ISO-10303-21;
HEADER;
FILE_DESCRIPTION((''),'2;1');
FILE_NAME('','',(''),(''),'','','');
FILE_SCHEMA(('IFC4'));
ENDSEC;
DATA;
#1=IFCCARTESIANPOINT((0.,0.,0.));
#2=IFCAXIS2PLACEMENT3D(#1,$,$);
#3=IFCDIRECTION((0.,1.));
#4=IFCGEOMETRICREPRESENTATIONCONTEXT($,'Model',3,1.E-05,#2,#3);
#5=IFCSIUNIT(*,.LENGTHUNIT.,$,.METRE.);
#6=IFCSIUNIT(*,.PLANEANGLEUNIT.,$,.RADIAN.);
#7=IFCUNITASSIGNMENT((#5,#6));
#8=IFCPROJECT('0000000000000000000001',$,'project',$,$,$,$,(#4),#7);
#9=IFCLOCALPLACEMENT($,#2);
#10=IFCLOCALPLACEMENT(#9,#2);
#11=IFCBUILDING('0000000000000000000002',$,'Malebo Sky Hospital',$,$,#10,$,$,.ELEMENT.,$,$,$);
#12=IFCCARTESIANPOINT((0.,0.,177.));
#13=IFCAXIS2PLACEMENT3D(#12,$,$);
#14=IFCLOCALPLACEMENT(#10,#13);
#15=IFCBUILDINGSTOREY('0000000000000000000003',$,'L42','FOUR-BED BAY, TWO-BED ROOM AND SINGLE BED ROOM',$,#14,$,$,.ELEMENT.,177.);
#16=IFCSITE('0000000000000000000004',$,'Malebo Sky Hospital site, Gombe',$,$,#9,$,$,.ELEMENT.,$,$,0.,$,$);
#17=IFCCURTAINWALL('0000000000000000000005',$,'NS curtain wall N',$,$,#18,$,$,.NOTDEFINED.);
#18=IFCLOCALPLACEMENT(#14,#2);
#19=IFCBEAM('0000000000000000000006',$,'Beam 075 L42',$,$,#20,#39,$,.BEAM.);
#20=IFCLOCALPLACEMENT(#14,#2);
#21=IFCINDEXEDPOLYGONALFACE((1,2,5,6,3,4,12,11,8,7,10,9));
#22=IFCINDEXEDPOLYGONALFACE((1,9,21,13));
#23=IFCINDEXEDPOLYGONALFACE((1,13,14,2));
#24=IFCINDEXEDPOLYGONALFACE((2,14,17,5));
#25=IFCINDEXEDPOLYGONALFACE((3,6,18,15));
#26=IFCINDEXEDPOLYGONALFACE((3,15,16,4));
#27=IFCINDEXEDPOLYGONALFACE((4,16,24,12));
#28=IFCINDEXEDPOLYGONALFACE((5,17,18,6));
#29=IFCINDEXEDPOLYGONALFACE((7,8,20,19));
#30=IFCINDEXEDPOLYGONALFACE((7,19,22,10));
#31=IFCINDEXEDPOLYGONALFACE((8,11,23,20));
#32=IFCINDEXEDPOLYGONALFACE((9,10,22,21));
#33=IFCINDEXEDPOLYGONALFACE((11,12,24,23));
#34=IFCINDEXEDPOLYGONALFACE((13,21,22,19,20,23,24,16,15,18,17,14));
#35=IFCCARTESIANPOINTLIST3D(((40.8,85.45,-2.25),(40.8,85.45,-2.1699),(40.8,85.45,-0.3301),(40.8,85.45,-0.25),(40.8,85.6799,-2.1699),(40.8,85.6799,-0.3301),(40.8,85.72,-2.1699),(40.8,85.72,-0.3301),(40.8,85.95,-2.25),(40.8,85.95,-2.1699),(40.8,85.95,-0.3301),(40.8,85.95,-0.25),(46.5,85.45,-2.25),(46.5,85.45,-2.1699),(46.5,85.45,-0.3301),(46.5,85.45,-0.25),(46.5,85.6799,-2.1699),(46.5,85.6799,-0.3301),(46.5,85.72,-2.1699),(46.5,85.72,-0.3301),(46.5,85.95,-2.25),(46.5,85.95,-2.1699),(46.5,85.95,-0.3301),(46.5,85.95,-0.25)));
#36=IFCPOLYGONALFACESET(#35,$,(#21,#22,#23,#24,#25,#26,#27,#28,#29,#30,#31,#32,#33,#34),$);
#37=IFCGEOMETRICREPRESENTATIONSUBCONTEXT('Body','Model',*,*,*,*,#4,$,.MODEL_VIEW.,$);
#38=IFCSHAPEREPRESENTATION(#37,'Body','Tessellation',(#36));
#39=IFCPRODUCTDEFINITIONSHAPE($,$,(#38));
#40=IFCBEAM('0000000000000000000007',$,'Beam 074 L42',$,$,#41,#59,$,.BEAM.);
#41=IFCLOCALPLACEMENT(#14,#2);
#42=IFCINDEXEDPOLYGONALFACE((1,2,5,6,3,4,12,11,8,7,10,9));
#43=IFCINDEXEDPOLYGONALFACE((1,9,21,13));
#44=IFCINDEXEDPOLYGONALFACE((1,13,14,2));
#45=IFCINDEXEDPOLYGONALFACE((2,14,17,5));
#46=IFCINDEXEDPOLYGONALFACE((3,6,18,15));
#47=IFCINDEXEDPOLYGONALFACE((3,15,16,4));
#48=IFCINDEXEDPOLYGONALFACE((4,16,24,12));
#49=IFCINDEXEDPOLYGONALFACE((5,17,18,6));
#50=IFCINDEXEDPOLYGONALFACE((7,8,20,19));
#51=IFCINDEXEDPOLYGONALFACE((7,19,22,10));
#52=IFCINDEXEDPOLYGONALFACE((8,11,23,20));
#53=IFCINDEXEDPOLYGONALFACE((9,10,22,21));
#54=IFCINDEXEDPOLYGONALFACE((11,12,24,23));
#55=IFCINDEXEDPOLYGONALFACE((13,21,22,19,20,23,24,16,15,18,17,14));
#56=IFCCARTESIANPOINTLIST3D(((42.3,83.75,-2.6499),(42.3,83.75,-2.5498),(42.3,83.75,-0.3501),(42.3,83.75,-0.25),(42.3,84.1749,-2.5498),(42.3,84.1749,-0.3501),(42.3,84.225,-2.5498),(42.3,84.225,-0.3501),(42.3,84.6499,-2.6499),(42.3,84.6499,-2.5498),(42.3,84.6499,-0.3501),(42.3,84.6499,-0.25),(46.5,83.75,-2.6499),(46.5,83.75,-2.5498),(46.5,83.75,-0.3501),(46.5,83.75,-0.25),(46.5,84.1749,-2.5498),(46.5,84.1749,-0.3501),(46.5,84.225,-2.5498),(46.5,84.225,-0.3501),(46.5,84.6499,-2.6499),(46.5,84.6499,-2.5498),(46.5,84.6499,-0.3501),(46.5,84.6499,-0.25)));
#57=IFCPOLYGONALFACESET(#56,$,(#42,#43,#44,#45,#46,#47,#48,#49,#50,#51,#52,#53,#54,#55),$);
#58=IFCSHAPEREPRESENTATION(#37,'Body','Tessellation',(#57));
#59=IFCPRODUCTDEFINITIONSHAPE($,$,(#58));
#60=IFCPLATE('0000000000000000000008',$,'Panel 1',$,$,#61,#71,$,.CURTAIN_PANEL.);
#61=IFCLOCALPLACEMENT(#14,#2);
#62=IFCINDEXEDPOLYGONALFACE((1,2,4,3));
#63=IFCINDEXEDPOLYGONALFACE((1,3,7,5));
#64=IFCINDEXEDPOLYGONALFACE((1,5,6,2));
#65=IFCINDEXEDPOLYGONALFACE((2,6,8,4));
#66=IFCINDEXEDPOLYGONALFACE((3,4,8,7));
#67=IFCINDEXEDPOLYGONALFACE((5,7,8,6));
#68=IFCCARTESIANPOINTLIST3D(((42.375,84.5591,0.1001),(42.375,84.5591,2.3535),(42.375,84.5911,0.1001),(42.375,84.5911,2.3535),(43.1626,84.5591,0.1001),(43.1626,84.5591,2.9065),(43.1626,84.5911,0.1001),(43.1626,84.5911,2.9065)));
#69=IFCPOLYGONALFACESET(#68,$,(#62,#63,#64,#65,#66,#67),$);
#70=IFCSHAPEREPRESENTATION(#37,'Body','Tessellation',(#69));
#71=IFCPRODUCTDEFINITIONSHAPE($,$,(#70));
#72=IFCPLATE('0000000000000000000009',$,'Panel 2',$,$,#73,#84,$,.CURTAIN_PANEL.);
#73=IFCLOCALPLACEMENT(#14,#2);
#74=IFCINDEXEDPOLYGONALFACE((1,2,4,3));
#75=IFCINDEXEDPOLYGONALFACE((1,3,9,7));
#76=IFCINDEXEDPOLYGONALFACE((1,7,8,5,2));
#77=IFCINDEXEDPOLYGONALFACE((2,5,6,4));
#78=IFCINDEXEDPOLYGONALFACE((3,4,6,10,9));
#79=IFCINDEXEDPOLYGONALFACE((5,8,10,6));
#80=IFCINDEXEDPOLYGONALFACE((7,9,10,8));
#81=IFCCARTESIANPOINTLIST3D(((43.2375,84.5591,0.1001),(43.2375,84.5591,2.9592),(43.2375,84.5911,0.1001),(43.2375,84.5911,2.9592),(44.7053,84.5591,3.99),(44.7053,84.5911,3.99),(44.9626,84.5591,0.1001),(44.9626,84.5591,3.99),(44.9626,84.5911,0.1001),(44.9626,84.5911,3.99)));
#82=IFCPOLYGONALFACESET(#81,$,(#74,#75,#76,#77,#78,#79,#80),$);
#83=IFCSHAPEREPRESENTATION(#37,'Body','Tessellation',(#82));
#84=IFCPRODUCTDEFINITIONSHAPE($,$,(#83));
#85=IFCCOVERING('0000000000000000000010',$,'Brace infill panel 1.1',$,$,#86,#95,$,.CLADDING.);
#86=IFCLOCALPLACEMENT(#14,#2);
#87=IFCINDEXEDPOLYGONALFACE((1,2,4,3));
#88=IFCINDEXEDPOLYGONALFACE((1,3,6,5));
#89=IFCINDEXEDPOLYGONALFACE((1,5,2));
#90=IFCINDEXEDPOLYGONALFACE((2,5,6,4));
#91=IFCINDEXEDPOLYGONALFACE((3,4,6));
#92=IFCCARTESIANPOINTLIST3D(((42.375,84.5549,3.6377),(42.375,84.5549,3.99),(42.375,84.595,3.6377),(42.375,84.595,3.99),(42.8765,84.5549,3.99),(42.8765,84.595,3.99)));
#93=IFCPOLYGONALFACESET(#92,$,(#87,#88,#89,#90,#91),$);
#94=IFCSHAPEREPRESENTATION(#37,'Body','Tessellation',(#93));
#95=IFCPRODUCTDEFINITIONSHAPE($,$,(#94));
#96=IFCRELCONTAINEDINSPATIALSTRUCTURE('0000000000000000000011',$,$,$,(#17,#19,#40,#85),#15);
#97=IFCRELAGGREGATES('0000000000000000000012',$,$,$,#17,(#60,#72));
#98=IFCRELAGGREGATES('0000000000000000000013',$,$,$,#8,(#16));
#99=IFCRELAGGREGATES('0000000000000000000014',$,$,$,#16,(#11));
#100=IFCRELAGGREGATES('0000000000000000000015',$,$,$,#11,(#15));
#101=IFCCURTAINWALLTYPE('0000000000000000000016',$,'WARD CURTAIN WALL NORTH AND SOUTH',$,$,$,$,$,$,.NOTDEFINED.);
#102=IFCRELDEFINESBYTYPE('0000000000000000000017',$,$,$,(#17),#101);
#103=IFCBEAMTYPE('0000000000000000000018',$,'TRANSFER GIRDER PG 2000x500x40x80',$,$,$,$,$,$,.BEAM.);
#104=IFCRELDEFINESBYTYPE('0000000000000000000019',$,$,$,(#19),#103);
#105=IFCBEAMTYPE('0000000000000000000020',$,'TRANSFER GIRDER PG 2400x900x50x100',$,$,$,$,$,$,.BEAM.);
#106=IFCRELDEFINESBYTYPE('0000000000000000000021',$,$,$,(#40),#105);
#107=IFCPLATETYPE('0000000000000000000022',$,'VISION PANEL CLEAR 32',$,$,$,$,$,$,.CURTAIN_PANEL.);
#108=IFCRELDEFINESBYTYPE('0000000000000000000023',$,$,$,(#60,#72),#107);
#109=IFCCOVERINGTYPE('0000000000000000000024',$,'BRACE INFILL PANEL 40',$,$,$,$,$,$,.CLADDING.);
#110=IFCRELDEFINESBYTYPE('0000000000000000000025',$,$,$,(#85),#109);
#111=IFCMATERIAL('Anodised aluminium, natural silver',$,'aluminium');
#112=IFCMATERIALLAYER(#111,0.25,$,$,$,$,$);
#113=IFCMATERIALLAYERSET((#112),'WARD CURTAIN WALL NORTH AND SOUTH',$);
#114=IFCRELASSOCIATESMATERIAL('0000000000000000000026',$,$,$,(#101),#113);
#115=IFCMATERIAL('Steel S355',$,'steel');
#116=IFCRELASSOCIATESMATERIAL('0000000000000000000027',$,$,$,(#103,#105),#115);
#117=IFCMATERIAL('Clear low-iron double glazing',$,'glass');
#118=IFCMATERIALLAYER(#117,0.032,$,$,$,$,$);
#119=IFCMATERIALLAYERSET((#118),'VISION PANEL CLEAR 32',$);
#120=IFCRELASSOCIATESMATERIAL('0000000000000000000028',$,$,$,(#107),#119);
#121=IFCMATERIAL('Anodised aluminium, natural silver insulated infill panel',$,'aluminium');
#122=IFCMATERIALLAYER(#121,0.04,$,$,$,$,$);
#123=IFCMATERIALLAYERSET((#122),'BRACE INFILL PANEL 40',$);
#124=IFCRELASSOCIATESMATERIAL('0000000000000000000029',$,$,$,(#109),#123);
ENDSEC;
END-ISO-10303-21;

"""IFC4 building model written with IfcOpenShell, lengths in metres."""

from ifc_helpers import new_model, si_unit, direction, frame, origin, origin_2d, place, context, subcontext, project, spatial, polyline, i_section, outline, extrude, material, layer, layer_set, material_profile, profile_set, type_object, element, aggregate, save


model = new_model("IFC4")

# Units and contexts
model_context = context("Model", 3, precision=1e-05, world=origin(), true_north=direction((0.0, 1.0)))
body_context = subcontext(model_context, "Body", "Model", "MODEL_VIEW")
ifc_project = project(units=[si_unit("LENGTHUNIT", "METRE"), si_unit("PLANEANGLEUNIT", "RADIAN")], contexts=[model_context])

# Site, building, storey
site_placement = place(None, origin())
site = spatial("IfcSite", under=ifc_project, at=site_placement, Name="Malebo Sky Hospital site, Gombe", CompositionType="ELEMENT", RefElevation=0.0)
building_placement = place(site_placement, origin())
building = spatial("IfcBuilding", under=site, at=building_placement, Name="Malebo Sky Hospital", CompositionType="ELEMENT")
storey_placement = place(building_placement, frame((0.0, 0.0, 177.0)))
storey = spatial("IfcBuildingStorey", under=building, at=storey_placement, Name="L42", Description="FOUR-BED BAY, TWO-BED ROOM AND SINGLE BED ROOM", CompositionType="ELEMENT", Elevation=177.0)

# Curtain wall
ifc_material_1 = material(Name="Anodised aluminium, natural silver", Category="aluminium")
ifc_layer_1 = layer(ifc_material_1, 0.25)
ifc_layer_set_1 = layer_set([ifc_layer_1], Name="WARD CURTAIN WALL NORTH AND SOUTH")
curtain_wall_type = type_object("IfcCurtainWallType", Name="WARD CURTAIN WALL NORTH AND SOUTH", PredefinedType="NOTDEFINED", material=ifc_layer_set_1)
curtain_wall_placement = place(storey_placement, origin())
curtain_wall = element("IfcCurtainWall", 1, at=curtain_wall_placement, inside=storey, type_object=curtain_wall_type, Name="NS curtain wall N", PredefinedType="NOTDEFINED")

# Beams
ifc_material_2 = material(Name="Steel S355", Category="steel")
ifc_material_profile_1 = material_profile(ifc_material_2, i_section(OverallWidth=0.5, OverallDepth=2.0, WebThickness=0.04, FlangeThickness=0.0801, at=origin_2d()), Name="PG 2000x500x40x80")
ifc_profile_set_1 = profile_set([ifc_material_profile_1], Name="Steel S355")
beam_type_1 = type_object("IfcBeamType", Name="TRANSFER GIRDER PG 2000x500x40x80", PredefinedType="BEAM", material=ifc_profile_set_1)
beam_1_placement = place(storey_placement, frame((40.8, 85.7, -1.25), z_axis=(1.0, 0.0, 0.0), x_axis=(0.0, 1.0, 0.0)))
element("IfcBeam", 2, at=beam_1_placement, inside=storey, type_object=beam_type_1, Name="Beam 075 L42", PredefinedType="BEAM", context=body_context, shape_type="SweptSolid", body=[
    extrude(i_section(OverallWidth=0.5, OverallDepth=2.0, WebThickness=0.04, FlangeThickness=0.0801, at=origin_2d()), origin(), (0.0, 0.0, 1.0), 5.7),
])
ifc_material_profile_2 = material_profile(ifc_material_2, i_section(OverallWidth=0.8999, OverallDepth=2.3999, WebThickness=0.05, FlangeThickness=0.1001, at=origin_2d()), Name="PG 2400x900x50x100")
ifc_profile_set_2 = profile_set([ifc_material_profile_2], Name="Steel S355")
beam_type_2 = type_object("IfcBeamType", Name="TRANSFER GIRDER PG 2400x900x50x100", PredefinedType="BEAM", material=ifc_profile_set_2)
beam_2_placement = place(storey_placement, frame((42.3, 84.2, -1.45), z_axis=(1.0, 0.0, 0.0), x_axis=(0.0, 1.0, 0.0)))
element("IfcBeam", 3, at=beam_2_placement, inside=storey, type_object=beam_type_2, Name="Beam 074 L42", PredefinedType="BEAM", context=body_context, shape_type="SweptSolid", body=[
    extrude(i_section(OverallWidth=0.8999, OverallDepth=2.3999, WebThickness=0.05, FlangeThickness=0.1001, at=origin_2d()), origin(), (0.0, 0.0, 1.0), 4.2),
])

# Plates
ifc_material_3 = material(Name="Clear low-iron double glazing", Category="glass")
ifc_layer_2 = layer(ifc_material_3, 0.032)
ifc_layer_set_2 = layer_set([ifc_layer_2], Name="VISION PANEL CLEAR 32")
plate_type = type_object("IfcPlateType", Name="VISION PANEL CLEAR 32", PredefinedType="CURTAIN_PANEL", material=ifc_layer_set_2)
plate_1_placement = place(storey_placement, frame((42.7688, 84.575, 0.1001), z_axis=(0.0, 0.0, 1.0), x_axis=(1.0, 0.0, 0.0)))
plate_1 = element("IfcPlate", 4, at=plate_1_placement, type_object=plate_type, Name="Panel 1", PredefinedType="CURTAIN_PANEL", context=body_context, shape_type="SweptSolid", body=[
    extrude(outline(polyline([(-0.3938, 0.0), (0.3938, 0.0), (0.3938, 2.8064), (-0.3938, 2.2534), (-0.3938, 0.0)])), frame((0.0, 0.0161, 0.0), z_axis=(0.0, -1.0, 0.0), x_axis=(1.0, 0.0, 0.0)), (0.0, 0.0, 1.0), 0.032),
])
plate_2_placement = place(storey_placement, frame((44.1001, 84.575, 0.1001), z_axis=(0.0, 0.0, 1.0), x_axis=(1.0, 0.0, 0.0)))
plate_2 = element("IfcPlate", 5, at=plate_2_placement, type_object=plate_type, Name="Panel 2", PredefinedType="CURTAIN_PANEL", context=body_context, shape_type="SweptSolid", body=[
    extrude(outline(polyline([(-0.8625, 0.0), (0.8625, 0.0), (0.8625, 3.8899), (0.6052, 3.8899), (-0.8625, 2.8591), (-0.8625, 0.0)])), frame((0.0, 0.0161, 0.0), z_axis=(0.0, -1.0, 0.0), x_axis=(1.0, 0.0, 0.0)), (0.0, 0.0, 1.0), 0.032),
])
aggregate(curtain_wall, [plate_1, plate_2])

# Covering
ifc_material_4 = material(Name="Anodised aluminium, natural silver insulated infill panel", Category="aluminium")
ifc_layer_3 = layer(ifc_material_4, 0.04)
ifc_layer_set_3 = layer_set([ifc_layer_3], Name="BRACE INFILL PANEL 40")
covering_type = type_object("IfcCoveringType", Name="BRACE INFILL PANEL 40", PredefinedType="CLADDING", material=ifc_layer_set_3)
covering_placement = place(storey_placement, frame((42.6257, 84.575, 3.6377), z_axis=(0.0, 0.0, 1.0), x_axis=(1.0, 0.0, 0.0)))
element("IfcCovering", 6, at=covering_placement, inside=storey, type_object=covering_type, Name="Brace infill panel 1.1", PredefinedType="CLADDING", context=body_context, shape_type="SweptSolid", body=[
    extrude(outline(polyline([(-0.2507, 0.0), (0.2507, 0.3523), (-0.2507, 0.3523), (-0.2507, 0.0)])), frame((0.0, 0.02, 0.0), z_axis=(0.0, -1.0, 0.0), x_axis=(1.0, 0.0, 0.0)), (0.0, 0.0, 1.0), 0.04),
])

save(model, "model.ifc")
